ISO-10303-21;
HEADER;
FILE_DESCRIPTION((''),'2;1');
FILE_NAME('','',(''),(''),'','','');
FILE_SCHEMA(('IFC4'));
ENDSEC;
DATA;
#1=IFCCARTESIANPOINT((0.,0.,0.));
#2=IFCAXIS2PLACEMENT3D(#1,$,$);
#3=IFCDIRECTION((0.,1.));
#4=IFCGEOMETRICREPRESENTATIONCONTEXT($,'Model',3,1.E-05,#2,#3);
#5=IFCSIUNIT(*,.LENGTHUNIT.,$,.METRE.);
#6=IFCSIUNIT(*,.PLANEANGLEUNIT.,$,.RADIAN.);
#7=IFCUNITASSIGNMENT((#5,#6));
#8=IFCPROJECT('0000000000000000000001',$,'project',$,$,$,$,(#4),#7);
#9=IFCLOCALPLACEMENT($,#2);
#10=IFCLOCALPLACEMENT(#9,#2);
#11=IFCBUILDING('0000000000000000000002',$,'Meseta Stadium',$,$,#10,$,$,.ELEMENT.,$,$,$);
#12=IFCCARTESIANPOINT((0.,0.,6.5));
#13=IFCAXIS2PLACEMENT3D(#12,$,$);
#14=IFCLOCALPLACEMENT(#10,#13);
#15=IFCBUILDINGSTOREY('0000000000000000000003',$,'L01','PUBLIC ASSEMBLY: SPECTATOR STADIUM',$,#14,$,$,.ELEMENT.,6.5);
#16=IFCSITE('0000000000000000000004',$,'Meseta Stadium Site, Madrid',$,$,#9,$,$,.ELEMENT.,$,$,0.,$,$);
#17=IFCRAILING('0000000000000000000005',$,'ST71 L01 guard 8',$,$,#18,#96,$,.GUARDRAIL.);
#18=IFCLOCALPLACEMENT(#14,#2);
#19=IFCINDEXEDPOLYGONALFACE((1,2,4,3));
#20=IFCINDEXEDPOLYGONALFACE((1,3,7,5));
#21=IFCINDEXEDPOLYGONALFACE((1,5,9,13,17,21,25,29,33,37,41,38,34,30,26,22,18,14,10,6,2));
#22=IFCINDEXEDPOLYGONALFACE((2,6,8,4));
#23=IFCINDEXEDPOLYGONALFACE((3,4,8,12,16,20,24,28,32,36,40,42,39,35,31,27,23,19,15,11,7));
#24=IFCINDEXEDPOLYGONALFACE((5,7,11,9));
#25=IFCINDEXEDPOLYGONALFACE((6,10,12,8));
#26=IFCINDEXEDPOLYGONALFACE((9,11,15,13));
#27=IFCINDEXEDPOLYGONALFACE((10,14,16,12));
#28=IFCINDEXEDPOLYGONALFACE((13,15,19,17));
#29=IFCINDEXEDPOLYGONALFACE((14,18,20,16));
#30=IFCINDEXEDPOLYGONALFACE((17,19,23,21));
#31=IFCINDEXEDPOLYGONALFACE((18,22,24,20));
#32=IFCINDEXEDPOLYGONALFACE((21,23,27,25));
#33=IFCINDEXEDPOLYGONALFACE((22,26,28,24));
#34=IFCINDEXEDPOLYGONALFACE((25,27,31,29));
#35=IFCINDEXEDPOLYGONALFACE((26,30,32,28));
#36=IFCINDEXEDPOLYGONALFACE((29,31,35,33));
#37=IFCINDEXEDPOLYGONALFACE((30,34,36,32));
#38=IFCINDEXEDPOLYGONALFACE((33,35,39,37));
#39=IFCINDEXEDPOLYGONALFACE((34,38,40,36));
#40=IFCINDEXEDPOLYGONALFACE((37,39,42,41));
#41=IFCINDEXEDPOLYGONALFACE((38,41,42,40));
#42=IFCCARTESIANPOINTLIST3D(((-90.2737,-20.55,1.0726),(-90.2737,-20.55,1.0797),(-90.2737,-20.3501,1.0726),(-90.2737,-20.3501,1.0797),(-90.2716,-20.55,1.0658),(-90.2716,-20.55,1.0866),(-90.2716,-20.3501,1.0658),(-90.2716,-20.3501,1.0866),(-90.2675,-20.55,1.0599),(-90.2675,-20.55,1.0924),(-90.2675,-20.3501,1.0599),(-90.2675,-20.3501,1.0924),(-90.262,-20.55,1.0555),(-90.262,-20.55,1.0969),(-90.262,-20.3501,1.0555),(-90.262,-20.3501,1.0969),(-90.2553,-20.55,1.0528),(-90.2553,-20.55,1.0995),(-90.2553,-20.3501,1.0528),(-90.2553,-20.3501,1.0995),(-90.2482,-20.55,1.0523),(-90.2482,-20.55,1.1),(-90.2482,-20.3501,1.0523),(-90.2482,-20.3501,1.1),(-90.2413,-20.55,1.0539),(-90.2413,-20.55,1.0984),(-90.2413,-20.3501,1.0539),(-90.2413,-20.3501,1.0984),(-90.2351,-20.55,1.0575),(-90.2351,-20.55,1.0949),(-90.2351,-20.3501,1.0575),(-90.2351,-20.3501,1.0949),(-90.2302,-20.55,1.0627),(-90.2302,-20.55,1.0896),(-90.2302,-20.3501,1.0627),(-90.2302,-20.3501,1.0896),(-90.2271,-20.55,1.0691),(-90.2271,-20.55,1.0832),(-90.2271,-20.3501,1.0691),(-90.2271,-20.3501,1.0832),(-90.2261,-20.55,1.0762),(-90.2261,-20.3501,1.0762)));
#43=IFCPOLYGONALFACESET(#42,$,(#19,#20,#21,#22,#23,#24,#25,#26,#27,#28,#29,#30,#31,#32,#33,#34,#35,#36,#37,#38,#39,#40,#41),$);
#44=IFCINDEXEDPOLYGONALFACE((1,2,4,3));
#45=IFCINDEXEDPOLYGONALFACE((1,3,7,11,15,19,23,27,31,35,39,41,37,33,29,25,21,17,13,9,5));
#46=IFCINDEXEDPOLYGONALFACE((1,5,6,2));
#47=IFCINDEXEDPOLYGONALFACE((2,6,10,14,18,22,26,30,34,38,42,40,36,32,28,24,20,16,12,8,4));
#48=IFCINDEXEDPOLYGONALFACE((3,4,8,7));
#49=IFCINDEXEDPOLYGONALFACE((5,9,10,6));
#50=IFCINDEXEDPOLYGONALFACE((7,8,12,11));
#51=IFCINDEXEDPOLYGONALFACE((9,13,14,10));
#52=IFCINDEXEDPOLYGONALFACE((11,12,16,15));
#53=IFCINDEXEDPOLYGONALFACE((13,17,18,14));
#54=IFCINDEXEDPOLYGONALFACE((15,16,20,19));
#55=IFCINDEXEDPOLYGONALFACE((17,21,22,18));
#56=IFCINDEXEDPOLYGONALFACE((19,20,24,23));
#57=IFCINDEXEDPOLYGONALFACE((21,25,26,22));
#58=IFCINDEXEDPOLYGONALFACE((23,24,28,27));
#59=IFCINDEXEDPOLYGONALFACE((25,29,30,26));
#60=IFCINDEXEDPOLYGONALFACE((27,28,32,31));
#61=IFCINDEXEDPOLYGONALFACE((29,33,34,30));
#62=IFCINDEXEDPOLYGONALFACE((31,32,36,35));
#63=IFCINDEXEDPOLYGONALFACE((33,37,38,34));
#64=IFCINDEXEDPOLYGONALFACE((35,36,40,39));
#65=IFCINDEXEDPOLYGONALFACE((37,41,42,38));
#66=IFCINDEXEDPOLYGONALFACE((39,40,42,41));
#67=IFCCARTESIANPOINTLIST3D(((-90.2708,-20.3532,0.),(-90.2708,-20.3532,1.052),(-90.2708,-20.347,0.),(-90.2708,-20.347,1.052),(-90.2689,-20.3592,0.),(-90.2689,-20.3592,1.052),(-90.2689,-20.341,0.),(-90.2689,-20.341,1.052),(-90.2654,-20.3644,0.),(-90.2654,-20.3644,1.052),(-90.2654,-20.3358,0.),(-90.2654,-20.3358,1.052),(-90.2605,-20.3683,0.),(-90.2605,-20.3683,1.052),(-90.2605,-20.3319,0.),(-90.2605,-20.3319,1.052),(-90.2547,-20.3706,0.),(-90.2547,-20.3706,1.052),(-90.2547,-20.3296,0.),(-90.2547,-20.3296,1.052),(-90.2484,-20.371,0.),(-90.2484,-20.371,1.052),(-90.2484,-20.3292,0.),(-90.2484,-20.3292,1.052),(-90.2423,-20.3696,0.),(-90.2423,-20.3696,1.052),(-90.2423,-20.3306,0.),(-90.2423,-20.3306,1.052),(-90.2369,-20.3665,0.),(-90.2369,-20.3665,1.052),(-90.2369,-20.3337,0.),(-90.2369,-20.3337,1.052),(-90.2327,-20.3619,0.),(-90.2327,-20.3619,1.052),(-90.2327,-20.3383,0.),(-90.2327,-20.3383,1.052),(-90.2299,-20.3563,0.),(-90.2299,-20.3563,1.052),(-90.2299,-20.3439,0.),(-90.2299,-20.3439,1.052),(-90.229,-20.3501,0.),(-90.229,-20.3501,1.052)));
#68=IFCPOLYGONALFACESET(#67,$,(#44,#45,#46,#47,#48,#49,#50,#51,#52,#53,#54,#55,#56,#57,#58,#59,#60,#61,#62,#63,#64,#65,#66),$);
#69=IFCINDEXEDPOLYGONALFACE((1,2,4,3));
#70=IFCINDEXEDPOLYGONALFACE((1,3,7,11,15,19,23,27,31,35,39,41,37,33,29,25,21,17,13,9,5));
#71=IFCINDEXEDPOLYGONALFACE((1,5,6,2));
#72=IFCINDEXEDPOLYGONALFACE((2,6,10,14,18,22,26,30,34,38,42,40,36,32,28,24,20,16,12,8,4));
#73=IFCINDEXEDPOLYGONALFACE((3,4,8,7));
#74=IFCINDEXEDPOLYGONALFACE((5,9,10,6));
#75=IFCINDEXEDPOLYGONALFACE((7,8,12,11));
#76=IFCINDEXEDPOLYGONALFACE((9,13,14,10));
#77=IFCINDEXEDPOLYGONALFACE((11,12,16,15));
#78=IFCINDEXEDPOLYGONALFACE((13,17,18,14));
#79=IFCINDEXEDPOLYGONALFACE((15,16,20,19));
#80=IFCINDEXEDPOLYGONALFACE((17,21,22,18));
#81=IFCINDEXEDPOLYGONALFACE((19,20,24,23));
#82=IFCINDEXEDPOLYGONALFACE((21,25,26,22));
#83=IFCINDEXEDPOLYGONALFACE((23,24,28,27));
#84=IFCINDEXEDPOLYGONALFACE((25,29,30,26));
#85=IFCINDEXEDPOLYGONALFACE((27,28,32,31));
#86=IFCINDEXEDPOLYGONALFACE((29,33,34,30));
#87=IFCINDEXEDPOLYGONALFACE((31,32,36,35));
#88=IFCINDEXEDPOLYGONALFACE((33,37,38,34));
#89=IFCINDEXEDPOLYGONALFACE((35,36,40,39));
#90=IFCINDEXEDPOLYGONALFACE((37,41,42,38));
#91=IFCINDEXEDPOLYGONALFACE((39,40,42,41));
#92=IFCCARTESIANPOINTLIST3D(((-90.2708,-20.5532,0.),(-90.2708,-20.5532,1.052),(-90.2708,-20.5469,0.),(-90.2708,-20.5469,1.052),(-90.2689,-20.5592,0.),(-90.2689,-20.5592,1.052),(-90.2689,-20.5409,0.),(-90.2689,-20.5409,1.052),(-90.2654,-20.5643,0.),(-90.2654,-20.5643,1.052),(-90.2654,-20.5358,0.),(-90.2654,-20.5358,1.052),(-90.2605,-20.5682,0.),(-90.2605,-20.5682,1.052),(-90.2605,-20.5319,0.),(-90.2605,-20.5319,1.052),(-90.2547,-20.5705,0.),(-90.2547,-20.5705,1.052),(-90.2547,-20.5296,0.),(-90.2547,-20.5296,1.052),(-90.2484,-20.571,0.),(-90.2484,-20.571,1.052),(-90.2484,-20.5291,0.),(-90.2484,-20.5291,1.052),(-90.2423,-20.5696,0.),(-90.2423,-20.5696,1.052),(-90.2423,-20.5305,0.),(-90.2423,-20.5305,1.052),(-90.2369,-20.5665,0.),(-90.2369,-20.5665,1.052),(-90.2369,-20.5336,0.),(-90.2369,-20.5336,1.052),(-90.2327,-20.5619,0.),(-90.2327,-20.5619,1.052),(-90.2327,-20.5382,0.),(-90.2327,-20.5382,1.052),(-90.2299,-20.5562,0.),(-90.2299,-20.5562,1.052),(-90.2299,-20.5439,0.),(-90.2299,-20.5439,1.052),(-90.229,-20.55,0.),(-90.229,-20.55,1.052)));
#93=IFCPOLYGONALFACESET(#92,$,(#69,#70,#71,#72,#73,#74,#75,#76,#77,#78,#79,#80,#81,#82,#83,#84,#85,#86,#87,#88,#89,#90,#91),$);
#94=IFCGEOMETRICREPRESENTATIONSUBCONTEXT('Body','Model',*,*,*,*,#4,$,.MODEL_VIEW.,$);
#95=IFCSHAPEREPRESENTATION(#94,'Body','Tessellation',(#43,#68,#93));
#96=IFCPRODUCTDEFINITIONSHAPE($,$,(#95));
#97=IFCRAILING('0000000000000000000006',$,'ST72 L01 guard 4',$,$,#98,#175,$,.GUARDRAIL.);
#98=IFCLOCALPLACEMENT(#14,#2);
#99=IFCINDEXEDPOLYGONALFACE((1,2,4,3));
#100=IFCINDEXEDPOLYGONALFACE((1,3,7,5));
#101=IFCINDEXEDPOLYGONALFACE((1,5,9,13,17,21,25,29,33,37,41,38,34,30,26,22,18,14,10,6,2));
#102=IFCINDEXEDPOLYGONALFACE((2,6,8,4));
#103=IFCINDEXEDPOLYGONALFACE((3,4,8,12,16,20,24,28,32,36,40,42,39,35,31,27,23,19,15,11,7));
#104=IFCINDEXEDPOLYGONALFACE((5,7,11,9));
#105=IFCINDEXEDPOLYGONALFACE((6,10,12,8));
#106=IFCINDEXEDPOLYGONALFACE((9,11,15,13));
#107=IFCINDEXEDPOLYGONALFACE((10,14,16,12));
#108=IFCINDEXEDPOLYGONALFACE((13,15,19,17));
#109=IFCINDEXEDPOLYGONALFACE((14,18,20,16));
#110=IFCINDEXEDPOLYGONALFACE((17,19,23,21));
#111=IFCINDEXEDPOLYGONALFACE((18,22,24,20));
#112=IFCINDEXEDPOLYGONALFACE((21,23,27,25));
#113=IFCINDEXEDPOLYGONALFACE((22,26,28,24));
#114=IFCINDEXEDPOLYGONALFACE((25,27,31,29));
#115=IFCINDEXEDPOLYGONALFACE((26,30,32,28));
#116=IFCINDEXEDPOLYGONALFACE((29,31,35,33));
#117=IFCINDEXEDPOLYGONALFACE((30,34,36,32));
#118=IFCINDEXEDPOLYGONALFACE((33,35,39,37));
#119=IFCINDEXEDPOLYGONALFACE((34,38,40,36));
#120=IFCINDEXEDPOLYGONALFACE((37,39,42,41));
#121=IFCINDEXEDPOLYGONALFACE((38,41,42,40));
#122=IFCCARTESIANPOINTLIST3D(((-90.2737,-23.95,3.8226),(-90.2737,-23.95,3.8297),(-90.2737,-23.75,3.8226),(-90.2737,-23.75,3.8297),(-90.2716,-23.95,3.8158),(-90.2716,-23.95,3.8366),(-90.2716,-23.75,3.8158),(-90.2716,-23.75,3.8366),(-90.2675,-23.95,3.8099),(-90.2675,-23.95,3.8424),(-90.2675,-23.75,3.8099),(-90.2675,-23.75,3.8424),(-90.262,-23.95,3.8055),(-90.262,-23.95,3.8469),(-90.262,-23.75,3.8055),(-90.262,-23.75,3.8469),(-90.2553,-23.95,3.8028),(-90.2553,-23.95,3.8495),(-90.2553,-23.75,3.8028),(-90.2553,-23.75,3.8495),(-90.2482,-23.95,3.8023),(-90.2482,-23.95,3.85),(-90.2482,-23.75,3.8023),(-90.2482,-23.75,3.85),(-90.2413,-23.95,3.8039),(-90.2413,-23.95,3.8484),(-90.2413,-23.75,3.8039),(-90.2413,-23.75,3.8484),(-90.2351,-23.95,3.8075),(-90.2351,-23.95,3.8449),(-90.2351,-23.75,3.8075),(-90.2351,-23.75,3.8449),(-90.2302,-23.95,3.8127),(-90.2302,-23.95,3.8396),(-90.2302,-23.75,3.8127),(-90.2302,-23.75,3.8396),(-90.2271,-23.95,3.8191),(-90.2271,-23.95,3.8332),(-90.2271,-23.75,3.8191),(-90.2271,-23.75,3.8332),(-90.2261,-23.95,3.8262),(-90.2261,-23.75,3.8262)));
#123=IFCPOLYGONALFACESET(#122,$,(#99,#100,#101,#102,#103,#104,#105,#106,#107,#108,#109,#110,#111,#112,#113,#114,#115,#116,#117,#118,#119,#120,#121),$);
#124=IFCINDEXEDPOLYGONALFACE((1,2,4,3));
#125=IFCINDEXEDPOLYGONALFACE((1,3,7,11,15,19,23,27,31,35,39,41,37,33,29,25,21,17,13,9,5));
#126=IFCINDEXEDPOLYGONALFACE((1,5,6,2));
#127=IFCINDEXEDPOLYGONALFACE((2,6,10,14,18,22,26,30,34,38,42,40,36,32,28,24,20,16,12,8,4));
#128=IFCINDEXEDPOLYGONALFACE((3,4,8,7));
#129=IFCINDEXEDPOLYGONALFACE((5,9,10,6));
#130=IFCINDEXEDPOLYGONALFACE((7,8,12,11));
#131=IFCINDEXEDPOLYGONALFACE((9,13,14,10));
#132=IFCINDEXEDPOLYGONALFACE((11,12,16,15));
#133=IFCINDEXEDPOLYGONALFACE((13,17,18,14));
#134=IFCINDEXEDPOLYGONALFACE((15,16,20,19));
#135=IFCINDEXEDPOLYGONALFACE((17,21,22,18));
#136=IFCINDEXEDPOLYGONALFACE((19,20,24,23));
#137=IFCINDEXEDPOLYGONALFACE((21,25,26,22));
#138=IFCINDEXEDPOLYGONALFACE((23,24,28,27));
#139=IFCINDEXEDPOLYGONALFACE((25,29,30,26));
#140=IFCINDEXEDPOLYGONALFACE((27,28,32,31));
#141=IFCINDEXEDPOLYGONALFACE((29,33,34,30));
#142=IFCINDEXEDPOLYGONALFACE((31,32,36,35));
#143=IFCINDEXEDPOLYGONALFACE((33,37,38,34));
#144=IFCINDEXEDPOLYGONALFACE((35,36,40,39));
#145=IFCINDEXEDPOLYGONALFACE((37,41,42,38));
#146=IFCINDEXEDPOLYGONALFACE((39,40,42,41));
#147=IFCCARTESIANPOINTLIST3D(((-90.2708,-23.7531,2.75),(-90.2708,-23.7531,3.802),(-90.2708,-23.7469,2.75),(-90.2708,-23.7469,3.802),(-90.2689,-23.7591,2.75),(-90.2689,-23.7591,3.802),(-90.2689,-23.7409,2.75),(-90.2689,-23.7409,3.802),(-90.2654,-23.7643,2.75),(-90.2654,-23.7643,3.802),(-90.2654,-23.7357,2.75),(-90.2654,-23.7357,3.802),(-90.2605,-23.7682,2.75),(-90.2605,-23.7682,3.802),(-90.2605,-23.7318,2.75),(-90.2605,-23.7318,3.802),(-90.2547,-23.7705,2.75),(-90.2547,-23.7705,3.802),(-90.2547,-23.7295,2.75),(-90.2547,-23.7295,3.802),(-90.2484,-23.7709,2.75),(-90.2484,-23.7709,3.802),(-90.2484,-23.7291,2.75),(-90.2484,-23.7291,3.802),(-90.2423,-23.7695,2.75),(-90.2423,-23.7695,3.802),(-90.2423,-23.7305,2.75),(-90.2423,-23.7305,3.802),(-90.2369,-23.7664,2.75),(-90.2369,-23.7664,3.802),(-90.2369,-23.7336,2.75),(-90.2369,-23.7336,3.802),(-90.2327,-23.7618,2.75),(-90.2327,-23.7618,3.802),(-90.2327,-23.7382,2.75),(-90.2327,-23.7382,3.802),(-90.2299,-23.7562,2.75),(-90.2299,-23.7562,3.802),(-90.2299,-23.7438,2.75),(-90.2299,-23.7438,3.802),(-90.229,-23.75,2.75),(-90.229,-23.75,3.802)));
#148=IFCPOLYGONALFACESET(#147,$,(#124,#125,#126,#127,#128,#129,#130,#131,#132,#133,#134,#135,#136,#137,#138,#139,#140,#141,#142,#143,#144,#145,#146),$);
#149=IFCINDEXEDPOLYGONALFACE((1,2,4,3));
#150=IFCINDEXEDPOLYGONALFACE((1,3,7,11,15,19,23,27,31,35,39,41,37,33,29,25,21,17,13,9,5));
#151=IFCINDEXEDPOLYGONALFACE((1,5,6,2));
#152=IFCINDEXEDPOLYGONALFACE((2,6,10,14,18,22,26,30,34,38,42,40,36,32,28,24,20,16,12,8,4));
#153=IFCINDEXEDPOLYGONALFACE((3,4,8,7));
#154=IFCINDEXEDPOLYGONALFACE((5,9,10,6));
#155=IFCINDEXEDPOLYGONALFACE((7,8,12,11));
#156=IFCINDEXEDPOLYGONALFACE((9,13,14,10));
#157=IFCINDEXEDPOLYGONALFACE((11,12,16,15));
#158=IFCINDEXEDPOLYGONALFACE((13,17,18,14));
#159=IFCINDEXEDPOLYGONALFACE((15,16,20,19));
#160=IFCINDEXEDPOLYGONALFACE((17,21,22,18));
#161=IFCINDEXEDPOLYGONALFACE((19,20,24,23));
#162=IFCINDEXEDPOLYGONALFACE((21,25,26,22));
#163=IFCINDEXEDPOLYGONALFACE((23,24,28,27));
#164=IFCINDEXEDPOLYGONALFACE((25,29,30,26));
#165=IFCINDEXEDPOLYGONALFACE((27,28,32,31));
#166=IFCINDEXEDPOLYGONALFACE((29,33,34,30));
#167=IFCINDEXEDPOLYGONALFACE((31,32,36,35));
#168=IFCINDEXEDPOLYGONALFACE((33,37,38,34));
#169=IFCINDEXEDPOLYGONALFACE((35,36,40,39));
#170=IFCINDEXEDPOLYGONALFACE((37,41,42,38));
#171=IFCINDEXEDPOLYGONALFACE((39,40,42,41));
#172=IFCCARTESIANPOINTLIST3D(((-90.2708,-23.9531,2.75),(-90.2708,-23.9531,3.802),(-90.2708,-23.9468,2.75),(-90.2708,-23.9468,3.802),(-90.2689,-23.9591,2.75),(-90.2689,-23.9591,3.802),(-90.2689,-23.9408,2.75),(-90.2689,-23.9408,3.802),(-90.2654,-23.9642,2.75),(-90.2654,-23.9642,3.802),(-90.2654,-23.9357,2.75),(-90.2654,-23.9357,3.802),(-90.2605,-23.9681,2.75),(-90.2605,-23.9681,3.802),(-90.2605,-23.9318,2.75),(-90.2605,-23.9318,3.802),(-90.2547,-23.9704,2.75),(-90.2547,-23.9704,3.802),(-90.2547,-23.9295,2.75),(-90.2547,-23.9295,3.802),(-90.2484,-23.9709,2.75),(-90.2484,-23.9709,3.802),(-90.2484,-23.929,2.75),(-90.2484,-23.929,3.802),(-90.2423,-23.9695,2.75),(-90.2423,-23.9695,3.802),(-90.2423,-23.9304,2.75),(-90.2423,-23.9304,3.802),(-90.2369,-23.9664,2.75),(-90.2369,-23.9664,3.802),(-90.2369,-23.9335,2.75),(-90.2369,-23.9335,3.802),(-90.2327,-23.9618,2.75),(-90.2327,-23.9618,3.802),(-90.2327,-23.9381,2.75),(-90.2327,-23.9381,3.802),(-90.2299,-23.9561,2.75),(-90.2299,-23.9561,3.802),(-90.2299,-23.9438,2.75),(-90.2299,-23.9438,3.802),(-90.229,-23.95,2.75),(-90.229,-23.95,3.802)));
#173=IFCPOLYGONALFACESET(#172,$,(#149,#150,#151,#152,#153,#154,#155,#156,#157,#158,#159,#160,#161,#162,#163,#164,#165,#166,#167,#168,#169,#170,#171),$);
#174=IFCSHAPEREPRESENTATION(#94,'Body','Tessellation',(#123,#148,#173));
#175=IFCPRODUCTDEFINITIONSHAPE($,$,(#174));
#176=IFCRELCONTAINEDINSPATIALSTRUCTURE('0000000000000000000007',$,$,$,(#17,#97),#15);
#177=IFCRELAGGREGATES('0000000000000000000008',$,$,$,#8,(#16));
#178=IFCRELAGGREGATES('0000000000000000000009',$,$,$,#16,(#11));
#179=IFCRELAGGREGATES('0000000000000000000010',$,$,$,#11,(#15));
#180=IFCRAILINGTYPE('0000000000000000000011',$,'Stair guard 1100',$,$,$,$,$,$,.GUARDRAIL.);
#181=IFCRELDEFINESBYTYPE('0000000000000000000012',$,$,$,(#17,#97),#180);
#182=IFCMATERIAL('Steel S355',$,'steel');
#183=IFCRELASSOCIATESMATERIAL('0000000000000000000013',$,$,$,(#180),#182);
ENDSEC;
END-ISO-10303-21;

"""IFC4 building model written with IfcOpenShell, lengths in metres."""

from ifc_helpers import new_model, si_unit, direction, frame, origin, origin_2d, place, context, subcontext, project, spatial, circle, extrude, material, type_object, element, save


model = new_model("IFC4")

# Units and contexts
model_context = context("Model", 3, precision=1e-05, world=origin(), true_north=direction((0.0, 1.0)))
body_context = subcontext(model_context, "Body", "Model", "MODEL_VIEW")
ifc_project = project(units=[si_unit("LENGTHUNIT", "METRE"), si_unit("PLANEANGLEUNIT", "RADIAN")], contexts=[model_context])

# Site, building, storey
site_placement = place(None, origin())
site = spatial("IfcSite", under=ifc_project, at=site_placement, Name="Meseta Stadium Site, Madrid", CompositionType="ELEMENT", RefElevation=0.0)
building_placement = place(site_placement, origin())
building = spatial("IfcBuilding", under=site, at=building_placement, Name="Meseta Stadium", CompositionType="ELEMENT")
storey_placement = place(building_placement, frame((0.0, 0.0, 6.5)))
storey = spatial("IfcBuildingStorey", under=building, at=storey_placement, Name="L01", Description="PUBLIC ASSEMBLY: SPECTATOR STADIUM", CompositionType="ELEMENT", Elevation=6.5)

# Railings
ifc_material_1 = material(Name="Steel S355", Category="steel")
railing_type_1 = type_object("IfcRailingType", Name="Stair guard 1100", PredefinedType="GUARDRAIL", material=ifc_material_1)
for number, where, name in (
    (1, (-90.25, -20.3501, 0.0), "ST71 L01 guard 8"),
    (2, (-90.25, -23.75, 2.75), "ST72 L01 guard 4"),
):
    element("IfcRailing", number, at=place(storey_placement, frame(where)), inside=storey, type_object=railing_type_1, Name=name, PredefinedType="GUARDRAIL", context=body_context, shape_type="SweptSolid", body=[
        extrude(circle(Radius=0.0239, at=origin_2d()), frame((0.0, 0.0, 1.0762), z_axis=(0.0, -1.0, 0.0), x_axis=(1.0, 0.0, 0.0)), (0.0, 0.0, 1.0), 0.2),
        extrude(circle(Radius=0.021, at=origin_2d()), origin(), (0.0, 0.0, 1.0), 1.052),
        extrude(circle(Radius=0.021, at=origin_2d()), frame((0.0, -0.2, 0.0)), (0.0, 0.0, 1.0), 1.052),
    ])

save(model, "model.ifc")
